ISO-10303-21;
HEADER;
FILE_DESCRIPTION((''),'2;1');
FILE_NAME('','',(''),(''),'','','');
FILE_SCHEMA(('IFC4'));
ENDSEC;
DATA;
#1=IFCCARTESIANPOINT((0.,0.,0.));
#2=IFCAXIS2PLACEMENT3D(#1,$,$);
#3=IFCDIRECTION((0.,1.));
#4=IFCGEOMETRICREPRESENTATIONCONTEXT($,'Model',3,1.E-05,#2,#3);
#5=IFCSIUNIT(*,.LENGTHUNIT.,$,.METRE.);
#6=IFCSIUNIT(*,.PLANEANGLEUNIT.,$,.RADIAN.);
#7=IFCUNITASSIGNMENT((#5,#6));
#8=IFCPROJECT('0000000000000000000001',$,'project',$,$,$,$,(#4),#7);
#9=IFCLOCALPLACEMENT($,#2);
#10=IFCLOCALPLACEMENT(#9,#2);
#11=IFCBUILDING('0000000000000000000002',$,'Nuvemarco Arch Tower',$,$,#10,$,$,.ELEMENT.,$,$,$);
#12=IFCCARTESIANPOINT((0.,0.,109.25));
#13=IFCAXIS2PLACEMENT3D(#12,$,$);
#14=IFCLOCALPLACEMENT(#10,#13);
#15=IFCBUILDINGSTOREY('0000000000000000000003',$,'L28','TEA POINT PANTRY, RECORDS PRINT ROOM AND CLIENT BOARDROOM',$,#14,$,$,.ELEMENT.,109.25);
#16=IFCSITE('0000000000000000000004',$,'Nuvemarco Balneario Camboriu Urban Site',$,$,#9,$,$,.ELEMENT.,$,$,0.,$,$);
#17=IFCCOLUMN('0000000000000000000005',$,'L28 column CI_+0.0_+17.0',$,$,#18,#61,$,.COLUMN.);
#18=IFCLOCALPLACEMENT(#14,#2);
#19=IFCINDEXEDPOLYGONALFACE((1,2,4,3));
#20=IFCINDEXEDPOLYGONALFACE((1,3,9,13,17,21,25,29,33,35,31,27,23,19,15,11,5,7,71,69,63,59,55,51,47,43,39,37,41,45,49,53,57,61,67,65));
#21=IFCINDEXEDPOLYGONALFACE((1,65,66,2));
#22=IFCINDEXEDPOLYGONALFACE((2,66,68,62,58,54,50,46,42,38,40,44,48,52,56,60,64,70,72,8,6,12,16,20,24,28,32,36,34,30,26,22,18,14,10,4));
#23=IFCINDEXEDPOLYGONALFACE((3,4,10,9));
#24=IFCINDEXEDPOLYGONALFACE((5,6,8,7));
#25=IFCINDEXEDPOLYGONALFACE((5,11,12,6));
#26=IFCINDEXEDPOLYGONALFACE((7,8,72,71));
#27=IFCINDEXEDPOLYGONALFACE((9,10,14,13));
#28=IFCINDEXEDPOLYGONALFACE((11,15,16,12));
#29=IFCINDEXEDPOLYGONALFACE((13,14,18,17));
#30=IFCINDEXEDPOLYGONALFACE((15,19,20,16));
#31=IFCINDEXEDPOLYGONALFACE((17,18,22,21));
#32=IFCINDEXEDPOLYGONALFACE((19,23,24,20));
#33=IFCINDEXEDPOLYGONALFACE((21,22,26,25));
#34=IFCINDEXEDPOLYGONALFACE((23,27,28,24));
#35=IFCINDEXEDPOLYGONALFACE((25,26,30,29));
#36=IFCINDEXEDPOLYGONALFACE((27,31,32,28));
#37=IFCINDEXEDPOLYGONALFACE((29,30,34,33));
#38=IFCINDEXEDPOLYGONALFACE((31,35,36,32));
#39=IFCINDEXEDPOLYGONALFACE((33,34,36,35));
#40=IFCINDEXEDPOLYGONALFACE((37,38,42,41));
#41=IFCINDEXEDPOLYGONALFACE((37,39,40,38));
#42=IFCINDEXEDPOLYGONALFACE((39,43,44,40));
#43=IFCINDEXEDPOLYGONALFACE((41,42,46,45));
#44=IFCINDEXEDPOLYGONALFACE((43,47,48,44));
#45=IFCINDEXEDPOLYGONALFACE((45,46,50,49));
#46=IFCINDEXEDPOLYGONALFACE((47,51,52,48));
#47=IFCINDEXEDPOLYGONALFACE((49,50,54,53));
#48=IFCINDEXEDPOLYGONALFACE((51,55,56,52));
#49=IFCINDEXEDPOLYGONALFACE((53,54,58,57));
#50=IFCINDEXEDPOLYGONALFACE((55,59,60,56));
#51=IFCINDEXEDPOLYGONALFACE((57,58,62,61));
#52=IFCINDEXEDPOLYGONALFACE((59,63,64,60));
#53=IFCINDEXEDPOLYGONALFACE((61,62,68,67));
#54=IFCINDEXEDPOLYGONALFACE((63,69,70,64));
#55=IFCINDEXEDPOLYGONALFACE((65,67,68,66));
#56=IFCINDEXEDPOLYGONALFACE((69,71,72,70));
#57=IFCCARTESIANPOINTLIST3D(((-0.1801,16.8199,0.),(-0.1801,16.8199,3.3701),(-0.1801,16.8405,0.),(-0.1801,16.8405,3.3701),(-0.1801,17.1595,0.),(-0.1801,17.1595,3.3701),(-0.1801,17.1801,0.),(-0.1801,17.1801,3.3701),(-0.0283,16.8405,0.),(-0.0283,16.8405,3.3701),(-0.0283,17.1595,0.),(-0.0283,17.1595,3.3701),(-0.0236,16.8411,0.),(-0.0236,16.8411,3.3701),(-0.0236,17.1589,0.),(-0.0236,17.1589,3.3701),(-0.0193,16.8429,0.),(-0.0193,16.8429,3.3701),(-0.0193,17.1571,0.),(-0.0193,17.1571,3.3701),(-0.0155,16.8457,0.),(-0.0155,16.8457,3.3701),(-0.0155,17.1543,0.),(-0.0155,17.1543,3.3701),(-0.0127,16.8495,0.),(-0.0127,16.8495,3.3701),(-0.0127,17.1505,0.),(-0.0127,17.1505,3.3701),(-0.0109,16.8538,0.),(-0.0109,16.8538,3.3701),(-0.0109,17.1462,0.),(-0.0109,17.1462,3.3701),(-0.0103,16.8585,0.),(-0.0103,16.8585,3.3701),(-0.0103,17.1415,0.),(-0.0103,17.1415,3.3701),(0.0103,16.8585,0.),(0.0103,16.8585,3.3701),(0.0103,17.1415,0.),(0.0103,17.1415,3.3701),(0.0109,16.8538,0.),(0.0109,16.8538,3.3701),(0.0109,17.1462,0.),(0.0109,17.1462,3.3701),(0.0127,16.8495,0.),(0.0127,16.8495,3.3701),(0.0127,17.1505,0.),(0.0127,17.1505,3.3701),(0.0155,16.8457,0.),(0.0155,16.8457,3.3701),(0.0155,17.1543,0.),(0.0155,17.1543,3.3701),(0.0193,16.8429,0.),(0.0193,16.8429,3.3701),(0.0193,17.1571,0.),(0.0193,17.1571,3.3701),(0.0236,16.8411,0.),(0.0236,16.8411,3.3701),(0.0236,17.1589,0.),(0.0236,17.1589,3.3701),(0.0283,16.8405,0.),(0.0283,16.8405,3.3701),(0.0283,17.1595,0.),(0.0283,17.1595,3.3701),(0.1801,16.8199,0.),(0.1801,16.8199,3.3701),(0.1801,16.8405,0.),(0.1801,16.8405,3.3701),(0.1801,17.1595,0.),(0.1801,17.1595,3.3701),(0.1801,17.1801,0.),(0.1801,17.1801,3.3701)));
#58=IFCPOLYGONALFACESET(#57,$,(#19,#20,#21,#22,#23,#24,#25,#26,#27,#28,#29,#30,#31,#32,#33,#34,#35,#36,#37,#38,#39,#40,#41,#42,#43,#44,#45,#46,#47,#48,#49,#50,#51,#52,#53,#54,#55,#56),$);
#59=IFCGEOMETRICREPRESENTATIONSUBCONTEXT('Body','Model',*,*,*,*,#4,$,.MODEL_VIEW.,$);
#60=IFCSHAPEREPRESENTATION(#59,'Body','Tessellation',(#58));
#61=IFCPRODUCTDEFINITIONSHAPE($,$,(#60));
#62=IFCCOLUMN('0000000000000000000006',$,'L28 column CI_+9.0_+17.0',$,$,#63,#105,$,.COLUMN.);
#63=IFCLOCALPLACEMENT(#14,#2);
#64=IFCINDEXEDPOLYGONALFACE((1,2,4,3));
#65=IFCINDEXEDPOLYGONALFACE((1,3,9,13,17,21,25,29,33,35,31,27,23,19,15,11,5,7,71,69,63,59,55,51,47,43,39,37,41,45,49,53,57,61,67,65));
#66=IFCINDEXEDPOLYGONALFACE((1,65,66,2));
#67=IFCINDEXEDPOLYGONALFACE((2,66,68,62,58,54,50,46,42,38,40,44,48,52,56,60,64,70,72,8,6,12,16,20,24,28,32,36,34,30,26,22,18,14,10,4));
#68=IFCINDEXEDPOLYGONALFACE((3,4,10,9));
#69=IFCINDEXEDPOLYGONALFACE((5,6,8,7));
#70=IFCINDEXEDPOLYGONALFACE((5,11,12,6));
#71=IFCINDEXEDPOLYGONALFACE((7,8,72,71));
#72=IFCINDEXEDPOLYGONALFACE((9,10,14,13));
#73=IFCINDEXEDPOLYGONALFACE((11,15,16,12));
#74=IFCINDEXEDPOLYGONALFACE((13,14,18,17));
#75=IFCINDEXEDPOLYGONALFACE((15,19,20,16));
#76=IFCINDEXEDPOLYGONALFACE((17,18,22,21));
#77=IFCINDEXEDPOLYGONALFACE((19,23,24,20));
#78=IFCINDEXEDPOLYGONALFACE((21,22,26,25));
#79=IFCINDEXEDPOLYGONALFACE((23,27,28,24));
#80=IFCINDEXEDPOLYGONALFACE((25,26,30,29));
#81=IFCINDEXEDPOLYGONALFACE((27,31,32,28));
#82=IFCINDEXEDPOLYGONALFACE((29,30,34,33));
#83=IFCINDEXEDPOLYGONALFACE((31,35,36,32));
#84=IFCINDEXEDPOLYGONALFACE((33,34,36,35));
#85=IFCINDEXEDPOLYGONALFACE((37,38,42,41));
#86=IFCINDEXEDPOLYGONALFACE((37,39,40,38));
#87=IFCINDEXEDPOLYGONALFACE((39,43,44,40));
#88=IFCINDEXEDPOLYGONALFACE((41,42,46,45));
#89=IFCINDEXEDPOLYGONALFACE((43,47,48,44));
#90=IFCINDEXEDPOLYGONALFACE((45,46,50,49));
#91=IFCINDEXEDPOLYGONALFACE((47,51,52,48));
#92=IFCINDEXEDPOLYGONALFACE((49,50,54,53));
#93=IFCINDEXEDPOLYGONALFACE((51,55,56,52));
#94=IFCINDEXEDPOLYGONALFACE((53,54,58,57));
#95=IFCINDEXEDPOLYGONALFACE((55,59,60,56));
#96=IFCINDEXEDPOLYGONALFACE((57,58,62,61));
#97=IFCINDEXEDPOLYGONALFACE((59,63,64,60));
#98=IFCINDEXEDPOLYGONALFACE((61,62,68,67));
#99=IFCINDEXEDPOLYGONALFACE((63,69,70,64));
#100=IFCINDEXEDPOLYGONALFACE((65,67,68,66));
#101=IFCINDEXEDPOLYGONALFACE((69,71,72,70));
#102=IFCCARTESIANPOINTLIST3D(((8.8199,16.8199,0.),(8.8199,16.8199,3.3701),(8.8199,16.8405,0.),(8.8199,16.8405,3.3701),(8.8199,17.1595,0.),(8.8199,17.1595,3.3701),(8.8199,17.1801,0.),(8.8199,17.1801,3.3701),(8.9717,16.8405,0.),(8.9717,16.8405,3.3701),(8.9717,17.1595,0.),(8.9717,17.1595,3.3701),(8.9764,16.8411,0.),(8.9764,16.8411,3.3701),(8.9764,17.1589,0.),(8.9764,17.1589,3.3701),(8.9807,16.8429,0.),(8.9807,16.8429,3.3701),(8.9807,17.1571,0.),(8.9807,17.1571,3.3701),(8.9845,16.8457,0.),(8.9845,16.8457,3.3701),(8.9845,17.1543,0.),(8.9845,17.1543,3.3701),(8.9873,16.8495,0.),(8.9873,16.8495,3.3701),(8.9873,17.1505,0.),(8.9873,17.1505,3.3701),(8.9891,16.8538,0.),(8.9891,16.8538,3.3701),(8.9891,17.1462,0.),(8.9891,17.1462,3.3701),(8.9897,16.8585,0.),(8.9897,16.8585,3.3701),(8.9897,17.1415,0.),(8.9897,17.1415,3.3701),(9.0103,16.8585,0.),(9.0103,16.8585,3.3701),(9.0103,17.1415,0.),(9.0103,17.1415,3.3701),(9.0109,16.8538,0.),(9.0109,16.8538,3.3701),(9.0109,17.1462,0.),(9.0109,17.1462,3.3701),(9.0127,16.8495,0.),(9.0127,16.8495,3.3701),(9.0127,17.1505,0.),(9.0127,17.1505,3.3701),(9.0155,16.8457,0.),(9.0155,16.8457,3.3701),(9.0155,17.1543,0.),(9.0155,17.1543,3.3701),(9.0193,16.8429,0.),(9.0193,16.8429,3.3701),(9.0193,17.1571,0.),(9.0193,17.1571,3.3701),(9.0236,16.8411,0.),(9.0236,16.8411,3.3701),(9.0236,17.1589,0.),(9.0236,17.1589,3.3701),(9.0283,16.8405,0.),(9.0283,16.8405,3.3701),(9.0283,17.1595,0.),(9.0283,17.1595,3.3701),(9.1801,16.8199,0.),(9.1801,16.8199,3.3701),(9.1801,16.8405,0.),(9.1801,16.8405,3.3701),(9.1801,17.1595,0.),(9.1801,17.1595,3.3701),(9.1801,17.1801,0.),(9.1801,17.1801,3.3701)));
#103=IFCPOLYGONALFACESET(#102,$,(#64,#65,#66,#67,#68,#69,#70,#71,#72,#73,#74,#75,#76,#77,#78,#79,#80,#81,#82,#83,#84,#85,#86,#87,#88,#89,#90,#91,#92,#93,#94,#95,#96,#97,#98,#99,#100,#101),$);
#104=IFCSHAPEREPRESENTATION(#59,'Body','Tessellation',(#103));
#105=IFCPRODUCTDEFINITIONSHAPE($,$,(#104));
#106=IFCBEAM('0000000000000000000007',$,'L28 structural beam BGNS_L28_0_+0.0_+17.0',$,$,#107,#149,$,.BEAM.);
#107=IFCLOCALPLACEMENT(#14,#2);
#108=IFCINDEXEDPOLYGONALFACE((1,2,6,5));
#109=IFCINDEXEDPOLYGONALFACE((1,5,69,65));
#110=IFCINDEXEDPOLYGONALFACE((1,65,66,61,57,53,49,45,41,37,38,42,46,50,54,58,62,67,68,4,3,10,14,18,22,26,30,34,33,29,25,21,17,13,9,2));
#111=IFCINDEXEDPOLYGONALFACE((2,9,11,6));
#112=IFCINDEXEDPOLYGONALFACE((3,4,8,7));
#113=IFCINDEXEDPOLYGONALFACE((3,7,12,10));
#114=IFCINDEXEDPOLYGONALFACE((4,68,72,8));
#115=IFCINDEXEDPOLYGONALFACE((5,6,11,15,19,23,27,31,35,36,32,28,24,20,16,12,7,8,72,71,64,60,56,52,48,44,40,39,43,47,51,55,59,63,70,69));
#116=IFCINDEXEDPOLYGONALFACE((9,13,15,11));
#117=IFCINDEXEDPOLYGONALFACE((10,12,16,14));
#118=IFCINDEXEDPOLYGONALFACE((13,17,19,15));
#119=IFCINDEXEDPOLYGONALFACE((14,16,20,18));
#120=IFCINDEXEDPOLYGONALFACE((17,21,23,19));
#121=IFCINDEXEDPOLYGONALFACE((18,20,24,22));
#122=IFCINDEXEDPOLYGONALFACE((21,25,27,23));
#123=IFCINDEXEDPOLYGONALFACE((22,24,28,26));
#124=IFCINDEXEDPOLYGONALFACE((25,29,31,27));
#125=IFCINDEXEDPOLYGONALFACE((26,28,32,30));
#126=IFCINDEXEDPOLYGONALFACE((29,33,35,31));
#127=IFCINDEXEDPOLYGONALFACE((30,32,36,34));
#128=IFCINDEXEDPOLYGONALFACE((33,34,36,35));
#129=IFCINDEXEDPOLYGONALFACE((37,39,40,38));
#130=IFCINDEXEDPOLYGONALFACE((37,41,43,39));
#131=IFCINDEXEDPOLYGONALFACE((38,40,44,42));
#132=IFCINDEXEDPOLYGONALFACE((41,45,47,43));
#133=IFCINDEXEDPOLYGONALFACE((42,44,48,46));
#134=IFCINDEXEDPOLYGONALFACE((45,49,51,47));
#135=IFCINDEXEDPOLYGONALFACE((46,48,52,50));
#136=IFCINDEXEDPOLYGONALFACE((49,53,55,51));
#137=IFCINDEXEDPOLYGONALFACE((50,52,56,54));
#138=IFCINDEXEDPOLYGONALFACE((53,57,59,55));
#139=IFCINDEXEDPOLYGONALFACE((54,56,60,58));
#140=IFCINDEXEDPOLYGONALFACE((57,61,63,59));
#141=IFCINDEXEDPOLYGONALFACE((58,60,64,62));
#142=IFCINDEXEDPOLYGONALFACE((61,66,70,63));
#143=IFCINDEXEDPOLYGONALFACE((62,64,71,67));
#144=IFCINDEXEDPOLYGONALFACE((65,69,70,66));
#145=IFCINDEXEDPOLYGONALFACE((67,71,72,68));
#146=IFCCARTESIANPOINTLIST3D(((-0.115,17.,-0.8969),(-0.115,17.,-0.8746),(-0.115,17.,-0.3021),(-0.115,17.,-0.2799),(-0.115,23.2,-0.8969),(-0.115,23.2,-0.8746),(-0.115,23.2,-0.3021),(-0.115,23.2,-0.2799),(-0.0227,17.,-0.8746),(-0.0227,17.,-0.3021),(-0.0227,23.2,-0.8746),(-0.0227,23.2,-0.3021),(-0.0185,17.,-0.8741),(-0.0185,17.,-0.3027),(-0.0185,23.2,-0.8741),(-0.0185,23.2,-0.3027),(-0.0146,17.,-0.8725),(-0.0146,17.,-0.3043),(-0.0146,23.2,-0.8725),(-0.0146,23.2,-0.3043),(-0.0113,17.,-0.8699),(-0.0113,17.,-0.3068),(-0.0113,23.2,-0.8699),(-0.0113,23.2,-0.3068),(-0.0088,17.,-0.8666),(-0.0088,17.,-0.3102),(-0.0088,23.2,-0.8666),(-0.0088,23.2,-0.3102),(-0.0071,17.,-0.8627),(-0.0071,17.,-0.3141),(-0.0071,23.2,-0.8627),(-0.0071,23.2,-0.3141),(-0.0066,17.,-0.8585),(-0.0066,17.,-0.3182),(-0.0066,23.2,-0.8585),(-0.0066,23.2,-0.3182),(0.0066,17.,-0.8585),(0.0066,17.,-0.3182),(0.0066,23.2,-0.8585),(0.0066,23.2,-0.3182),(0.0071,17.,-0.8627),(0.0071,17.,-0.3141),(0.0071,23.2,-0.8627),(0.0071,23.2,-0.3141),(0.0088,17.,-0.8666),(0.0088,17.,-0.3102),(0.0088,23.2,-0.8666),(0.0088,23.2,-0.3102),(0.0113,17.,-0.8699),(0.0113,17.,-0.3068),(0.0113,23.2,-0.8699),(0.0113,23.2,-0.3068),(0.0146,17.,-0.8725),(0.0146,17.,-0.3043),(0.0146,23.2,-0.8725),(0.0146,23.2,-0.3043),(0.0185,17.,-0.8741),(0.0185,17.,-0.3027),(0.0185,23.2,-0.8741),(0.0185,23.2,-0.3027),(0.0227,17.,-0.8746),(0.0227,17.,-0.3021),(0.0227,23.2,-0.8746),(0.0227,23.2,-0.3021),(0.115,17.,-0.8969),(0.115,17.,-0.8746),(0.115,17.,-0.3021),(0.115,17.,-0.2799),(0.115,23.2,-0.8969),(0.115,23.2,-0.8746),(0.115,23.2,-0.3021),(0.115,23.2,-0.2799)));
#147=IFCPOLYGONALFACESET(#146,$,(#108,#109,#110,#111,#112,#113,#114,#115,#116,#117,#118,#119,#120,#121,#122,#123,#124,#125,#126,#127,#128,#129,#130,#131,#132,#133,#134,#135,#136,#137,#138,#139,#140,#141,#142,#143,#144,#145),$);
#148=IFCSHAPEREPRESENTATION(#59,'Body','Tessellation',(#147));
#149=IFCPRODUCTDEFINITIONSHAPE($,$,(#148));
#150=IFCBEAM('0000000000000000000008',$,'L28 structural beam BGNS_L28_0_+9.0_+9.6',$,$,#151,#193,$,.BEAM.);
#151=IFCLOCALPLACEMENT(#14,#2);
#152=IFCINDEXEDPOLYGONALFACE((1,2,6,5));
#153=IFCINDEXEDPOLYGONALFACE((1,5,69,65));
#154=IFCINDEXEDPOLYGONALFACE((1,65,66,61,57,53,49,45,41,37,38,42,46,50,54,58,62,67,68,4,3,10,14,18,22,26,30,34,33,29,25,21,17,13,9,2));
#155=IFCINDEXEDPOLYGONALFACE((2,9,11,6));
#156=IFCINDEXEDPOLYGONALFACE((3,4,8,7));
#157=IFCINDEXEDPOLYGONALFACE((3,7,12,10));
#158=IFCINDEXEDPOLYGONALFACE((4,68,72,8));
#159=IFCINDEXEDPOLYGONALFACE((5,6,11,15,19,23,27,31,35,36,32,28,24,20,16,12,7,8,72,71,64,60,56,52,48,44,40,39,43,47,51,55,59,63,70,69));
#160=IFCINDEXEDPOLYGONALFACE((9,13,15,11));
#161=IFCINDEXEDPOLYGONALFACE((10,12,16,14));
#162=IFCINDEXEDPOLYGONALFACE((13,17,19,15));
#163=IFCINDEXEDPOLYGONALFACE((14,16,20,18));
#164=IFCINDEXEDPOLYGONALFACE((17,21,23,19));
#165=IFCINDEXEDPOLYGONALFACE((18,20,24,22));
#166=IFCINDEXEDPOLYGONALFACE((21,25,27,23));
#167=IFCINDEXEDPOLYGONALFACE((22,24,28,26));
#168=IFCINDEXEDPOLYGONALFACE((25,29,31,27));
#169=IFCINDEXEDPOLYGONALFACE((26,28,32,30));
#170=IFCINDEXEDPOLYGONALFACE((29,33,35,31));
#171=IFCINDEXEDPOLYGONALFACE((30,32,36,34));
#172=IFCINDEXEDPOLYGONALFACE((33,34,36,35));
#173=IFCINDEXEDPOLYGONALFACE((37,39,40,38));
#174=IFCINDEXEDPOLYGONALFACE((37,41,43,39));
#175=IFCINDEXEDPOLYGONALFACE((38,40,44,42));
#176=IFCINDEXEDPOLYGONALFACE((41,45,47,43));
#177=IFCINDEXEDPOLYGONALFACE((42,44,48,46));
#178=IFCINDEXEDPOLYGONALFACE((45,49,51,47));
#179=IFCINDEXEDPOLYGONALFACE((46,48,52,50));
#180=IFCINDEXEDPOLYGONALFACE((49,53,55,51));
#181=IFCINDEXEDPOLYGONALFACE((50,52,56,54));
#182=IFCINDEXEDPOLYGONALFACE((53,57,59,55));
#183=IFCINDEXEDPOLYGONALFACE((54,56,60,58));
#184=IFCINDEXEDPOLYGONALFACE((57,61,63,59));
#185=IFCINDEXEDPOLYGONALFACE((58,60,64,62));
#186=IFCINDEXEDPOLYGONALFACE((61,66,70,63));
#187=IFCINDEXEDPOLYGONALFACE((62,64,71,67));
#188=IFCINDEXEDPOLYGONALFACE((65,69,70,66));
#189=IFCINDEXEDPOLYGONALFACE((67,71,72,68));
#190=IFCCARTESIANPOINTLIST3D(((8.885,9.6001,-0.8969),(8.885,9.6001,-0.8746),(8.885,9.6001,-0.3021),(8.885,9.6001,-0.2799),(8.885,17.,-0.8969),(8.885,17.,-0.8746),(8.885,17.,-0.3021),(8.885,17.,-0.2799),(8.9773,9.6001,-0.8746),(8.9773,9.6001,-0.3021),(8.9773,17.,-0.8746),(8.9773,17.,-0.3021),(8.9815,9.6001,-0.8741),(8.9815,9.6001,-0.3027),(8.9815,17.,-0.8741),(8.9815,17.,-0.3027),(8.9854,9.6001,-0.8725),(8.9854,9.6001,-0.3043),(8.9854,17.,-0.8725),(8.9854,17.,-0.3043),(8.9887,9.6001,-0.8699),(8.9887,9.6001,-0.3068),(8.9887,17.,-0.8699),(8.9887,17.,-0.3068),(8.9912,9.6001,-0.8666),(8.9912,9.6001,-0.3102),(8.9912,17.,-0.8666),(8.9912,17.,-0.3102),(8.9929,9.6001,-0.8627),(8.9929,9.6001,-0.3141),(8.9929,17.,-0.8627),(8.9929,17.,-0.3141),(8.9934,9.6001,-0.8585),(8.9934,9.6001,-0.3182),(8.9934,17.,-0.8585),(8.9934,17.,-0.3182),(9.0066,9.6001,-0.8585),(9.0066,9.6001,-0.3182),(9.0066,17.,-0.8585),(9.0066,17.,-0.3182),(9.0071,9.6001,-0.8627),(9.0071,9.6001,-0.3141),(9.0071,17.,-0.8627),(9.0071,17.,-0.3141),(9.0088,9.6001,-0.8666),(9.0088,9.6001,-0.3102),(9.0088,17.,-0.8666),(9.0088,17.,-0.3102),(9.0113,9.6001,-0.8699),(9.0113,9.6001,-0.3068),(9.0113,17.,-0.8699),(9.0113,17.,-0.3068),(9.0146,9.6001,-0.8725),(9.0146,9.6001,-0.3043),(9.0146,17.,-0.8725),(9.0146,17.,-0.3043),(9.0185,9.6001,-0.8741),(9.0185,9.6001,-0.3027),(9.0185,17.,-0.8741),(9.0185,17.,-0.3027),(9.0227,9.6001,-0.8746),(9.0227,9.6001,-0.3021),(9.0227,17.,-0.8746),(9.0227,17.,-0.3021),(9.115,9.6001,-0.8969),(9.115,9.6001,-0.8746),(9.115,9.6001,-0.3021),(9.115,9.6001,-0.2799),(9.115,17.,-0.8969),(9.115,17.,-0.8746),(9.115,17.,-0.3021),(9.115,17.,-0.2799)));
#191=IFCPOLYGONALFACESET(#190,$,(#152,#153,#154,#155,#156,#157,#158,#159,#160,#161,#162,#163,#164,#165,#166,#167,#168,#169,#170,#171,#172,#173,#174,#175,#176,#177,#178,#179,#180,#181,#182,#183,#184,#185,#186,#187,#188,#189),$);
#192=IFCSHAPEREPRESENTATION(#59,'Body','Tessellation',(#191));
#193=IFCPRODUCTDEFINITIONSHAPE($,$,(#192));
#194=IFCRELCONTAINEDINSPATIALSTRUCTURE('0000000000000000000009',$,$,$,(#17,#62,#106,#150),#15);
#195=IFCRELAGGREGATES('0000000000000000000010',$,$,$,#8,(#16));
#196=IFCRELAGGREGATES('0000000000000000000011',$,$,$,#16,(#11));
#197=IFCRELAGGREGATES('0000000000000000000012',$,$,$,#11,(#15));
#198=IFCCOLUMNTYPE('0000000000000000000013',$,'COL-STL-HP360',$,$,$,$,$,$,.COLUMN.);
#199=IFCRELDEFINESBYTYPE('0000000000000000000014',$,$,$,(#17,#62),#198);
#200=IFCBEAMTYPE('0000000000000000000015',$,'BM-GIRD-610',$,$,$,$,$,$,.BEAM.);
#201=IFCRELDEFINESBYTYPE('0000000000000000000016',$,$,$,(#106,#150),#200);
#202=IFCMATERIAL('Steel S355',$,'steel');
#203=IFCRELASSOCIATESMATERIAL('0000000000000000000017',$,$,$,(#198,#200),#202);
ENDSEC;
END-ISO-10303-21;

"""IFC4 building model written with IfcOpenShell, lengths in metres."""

from ifc_helpers import new_model, si_unit, direction, frame, origin, origin_2d, place, context, subcontext, project, spatial, i_section, extrude, material, material_profile, profile_set, type_object, element, save


model = new_model("IFC4")

# Units and contexts
model_context = context("Model", 3, precision=1e-05, world=origin(), true_north=direction((0.0, 1.0)))
body_context = subcontext(model_context, "Body", "Model", "MODEL_VIEW")
ifc_project = project(units=[si_unit("LENGTHUNIT", "METRE"), si_unit("PLANEANGLEUNIT", "RADIAN")], contexts=[model_context])

# Site, building, storey
site_placement = place(None, origin())
site = spatial("IfcSite", under=ifc_project, at=site_placement, Name="Nuvemarco Balneario Camboriu Urban Site", CompositionType="ELEMENT", RefElevation=0.0)
building_placement = place(site_placement, origin())
building = spatial("IfcBuilding", under=site, at=building_placement, Name="Nuvemarco Arch Tower", CompositionType="ELEMENT")
storey_placement = place(building_placement, frame((0.0, 0.0, 109.25)))
storey = spatial("IfcBuildingStorey", under=building, at=storey_placement, Name="L28", Description="TEA POINT PANTRY, RECORDS PRINT ROOM AND CLIENT BOARDROOM", CompositionType="ELEMENT", Elevation=109.25)

# Columns
ifc_material_1 = material(Name="Steel S355", Category="steel")
ifc_material_profile_1 = material_profile(ifc_material_1, i_section(OverallWidth=0.3601, OverallDepth=0.3601, WebThickness=0.0205, FlangeThickness=0.0205, FilletRadius=0.0181, at=origin_2d()), Name="HP360x174")
ifc_profile_set_1 = profile_set([ifc_material_profile_1], Name="Steel S355")
column_type_1 = type_object("IfcColumnType", Name="COL-STL-HP360", PredefinedType="COLUMN", material=ifc_profile_set_1)
for number, where, z_axis, x_axis, name in (
    (1, (0.0, 17.0, 0.0), (0.0, 0.0, 1.0), (1.0, 0.0, 0.0), "L28 column CI_+0.0_+17.0"),
    (2, (9.0, 17.0, 0.0), (0.0, 0.0, 1.0), (1.0, 0.0, 0.0), "L28 column CI_+9.0_+17.0"),
):
    element("IfcColumn", number, at=place(storey_placement, frame(where, z_axis=z_axis, x_axis=x_axis)), inside=storey, type_object=column_type_1, Name=name, PredefinedType="COLUMN", context=body_context, shape_type="SweptSolid", body=[
        extrude(i_section(OverallWidth=0.3601, OverallDepth=0.3601, WebThickness=0.0205, FlangeThickness=0.0205, FilletRadius=0.0181, at=origin_2d()), origin(), (0.0, 0.0, 1.0), 3.3701),
    ])

# Beams
ifc_material_profile_2 = material_profile(ifc_material_1, i_section(OverallWidth=0.23, OverallDepth=0.6169, WebThickness=0.0132, FlangeThickness=0.0222, FilletRadius=0.0161, at=origin_2d()), Name="W610x140")
ifc_profile_set_2 = profile_set([ifc_material_profile_2], Name="Steel S355")
beam_type_1 = type_object("IfcBeamType", Name="BM-GIRD-610", PredefinedType="BEAM", material=ifc_profile_set_2)
beam_1_placement = place(storey_placement, frame((0.0, 17.0, -0.5884), z_axis=(0.0, 1.0, 0.0), x_axis=(-1.0, 0.0, 0.0)))
element("IfcBeam", 3, at=beam_1_placement, inside=storey, type_object=beam_type_1, Name="L28 structural beam BGNS_L28_0_+0.0_+17.0", PredefinedType="BEAM", context=body_context, shape_type="SweptSolid", body=[
    extrude(i_section(OverallWidth=0.23, OverallDepth=0.6169, WebThickness=0.0132, FlangeThickness=0.0222, FilletRadius=0.0161, at=origin_2d()), origin(), (0.0, 0.0, 1.0), 6.2),
])
beam_2_placement = place(storey_placement, frame((9.0, 9.6001, -0.5884), z_axis=(0.0, 1.0, 0.0), x_axis=(-1.0, 0.0, 0.0)))
element("IfcBeam", 4, at=beam_2_placement, inside=storey, type_object=beam_type_1, Name="L28 structural beam BGNS_L28_0_+9.0_+9.6", PredefinedType="BEAM", context=body_context, shape_type="SweptSolid", body=[
    extrude(i_section(OverallWidth=0.23, OverallDepth=0.6169, WebThickness=0.0132, FlangeThickness=0.0222, FilletRadius=0.0161, at=origin_2d()), origin(), (0.0, 0.0, 1.0), 7.3999),
])

save(model, "model.ifc")
